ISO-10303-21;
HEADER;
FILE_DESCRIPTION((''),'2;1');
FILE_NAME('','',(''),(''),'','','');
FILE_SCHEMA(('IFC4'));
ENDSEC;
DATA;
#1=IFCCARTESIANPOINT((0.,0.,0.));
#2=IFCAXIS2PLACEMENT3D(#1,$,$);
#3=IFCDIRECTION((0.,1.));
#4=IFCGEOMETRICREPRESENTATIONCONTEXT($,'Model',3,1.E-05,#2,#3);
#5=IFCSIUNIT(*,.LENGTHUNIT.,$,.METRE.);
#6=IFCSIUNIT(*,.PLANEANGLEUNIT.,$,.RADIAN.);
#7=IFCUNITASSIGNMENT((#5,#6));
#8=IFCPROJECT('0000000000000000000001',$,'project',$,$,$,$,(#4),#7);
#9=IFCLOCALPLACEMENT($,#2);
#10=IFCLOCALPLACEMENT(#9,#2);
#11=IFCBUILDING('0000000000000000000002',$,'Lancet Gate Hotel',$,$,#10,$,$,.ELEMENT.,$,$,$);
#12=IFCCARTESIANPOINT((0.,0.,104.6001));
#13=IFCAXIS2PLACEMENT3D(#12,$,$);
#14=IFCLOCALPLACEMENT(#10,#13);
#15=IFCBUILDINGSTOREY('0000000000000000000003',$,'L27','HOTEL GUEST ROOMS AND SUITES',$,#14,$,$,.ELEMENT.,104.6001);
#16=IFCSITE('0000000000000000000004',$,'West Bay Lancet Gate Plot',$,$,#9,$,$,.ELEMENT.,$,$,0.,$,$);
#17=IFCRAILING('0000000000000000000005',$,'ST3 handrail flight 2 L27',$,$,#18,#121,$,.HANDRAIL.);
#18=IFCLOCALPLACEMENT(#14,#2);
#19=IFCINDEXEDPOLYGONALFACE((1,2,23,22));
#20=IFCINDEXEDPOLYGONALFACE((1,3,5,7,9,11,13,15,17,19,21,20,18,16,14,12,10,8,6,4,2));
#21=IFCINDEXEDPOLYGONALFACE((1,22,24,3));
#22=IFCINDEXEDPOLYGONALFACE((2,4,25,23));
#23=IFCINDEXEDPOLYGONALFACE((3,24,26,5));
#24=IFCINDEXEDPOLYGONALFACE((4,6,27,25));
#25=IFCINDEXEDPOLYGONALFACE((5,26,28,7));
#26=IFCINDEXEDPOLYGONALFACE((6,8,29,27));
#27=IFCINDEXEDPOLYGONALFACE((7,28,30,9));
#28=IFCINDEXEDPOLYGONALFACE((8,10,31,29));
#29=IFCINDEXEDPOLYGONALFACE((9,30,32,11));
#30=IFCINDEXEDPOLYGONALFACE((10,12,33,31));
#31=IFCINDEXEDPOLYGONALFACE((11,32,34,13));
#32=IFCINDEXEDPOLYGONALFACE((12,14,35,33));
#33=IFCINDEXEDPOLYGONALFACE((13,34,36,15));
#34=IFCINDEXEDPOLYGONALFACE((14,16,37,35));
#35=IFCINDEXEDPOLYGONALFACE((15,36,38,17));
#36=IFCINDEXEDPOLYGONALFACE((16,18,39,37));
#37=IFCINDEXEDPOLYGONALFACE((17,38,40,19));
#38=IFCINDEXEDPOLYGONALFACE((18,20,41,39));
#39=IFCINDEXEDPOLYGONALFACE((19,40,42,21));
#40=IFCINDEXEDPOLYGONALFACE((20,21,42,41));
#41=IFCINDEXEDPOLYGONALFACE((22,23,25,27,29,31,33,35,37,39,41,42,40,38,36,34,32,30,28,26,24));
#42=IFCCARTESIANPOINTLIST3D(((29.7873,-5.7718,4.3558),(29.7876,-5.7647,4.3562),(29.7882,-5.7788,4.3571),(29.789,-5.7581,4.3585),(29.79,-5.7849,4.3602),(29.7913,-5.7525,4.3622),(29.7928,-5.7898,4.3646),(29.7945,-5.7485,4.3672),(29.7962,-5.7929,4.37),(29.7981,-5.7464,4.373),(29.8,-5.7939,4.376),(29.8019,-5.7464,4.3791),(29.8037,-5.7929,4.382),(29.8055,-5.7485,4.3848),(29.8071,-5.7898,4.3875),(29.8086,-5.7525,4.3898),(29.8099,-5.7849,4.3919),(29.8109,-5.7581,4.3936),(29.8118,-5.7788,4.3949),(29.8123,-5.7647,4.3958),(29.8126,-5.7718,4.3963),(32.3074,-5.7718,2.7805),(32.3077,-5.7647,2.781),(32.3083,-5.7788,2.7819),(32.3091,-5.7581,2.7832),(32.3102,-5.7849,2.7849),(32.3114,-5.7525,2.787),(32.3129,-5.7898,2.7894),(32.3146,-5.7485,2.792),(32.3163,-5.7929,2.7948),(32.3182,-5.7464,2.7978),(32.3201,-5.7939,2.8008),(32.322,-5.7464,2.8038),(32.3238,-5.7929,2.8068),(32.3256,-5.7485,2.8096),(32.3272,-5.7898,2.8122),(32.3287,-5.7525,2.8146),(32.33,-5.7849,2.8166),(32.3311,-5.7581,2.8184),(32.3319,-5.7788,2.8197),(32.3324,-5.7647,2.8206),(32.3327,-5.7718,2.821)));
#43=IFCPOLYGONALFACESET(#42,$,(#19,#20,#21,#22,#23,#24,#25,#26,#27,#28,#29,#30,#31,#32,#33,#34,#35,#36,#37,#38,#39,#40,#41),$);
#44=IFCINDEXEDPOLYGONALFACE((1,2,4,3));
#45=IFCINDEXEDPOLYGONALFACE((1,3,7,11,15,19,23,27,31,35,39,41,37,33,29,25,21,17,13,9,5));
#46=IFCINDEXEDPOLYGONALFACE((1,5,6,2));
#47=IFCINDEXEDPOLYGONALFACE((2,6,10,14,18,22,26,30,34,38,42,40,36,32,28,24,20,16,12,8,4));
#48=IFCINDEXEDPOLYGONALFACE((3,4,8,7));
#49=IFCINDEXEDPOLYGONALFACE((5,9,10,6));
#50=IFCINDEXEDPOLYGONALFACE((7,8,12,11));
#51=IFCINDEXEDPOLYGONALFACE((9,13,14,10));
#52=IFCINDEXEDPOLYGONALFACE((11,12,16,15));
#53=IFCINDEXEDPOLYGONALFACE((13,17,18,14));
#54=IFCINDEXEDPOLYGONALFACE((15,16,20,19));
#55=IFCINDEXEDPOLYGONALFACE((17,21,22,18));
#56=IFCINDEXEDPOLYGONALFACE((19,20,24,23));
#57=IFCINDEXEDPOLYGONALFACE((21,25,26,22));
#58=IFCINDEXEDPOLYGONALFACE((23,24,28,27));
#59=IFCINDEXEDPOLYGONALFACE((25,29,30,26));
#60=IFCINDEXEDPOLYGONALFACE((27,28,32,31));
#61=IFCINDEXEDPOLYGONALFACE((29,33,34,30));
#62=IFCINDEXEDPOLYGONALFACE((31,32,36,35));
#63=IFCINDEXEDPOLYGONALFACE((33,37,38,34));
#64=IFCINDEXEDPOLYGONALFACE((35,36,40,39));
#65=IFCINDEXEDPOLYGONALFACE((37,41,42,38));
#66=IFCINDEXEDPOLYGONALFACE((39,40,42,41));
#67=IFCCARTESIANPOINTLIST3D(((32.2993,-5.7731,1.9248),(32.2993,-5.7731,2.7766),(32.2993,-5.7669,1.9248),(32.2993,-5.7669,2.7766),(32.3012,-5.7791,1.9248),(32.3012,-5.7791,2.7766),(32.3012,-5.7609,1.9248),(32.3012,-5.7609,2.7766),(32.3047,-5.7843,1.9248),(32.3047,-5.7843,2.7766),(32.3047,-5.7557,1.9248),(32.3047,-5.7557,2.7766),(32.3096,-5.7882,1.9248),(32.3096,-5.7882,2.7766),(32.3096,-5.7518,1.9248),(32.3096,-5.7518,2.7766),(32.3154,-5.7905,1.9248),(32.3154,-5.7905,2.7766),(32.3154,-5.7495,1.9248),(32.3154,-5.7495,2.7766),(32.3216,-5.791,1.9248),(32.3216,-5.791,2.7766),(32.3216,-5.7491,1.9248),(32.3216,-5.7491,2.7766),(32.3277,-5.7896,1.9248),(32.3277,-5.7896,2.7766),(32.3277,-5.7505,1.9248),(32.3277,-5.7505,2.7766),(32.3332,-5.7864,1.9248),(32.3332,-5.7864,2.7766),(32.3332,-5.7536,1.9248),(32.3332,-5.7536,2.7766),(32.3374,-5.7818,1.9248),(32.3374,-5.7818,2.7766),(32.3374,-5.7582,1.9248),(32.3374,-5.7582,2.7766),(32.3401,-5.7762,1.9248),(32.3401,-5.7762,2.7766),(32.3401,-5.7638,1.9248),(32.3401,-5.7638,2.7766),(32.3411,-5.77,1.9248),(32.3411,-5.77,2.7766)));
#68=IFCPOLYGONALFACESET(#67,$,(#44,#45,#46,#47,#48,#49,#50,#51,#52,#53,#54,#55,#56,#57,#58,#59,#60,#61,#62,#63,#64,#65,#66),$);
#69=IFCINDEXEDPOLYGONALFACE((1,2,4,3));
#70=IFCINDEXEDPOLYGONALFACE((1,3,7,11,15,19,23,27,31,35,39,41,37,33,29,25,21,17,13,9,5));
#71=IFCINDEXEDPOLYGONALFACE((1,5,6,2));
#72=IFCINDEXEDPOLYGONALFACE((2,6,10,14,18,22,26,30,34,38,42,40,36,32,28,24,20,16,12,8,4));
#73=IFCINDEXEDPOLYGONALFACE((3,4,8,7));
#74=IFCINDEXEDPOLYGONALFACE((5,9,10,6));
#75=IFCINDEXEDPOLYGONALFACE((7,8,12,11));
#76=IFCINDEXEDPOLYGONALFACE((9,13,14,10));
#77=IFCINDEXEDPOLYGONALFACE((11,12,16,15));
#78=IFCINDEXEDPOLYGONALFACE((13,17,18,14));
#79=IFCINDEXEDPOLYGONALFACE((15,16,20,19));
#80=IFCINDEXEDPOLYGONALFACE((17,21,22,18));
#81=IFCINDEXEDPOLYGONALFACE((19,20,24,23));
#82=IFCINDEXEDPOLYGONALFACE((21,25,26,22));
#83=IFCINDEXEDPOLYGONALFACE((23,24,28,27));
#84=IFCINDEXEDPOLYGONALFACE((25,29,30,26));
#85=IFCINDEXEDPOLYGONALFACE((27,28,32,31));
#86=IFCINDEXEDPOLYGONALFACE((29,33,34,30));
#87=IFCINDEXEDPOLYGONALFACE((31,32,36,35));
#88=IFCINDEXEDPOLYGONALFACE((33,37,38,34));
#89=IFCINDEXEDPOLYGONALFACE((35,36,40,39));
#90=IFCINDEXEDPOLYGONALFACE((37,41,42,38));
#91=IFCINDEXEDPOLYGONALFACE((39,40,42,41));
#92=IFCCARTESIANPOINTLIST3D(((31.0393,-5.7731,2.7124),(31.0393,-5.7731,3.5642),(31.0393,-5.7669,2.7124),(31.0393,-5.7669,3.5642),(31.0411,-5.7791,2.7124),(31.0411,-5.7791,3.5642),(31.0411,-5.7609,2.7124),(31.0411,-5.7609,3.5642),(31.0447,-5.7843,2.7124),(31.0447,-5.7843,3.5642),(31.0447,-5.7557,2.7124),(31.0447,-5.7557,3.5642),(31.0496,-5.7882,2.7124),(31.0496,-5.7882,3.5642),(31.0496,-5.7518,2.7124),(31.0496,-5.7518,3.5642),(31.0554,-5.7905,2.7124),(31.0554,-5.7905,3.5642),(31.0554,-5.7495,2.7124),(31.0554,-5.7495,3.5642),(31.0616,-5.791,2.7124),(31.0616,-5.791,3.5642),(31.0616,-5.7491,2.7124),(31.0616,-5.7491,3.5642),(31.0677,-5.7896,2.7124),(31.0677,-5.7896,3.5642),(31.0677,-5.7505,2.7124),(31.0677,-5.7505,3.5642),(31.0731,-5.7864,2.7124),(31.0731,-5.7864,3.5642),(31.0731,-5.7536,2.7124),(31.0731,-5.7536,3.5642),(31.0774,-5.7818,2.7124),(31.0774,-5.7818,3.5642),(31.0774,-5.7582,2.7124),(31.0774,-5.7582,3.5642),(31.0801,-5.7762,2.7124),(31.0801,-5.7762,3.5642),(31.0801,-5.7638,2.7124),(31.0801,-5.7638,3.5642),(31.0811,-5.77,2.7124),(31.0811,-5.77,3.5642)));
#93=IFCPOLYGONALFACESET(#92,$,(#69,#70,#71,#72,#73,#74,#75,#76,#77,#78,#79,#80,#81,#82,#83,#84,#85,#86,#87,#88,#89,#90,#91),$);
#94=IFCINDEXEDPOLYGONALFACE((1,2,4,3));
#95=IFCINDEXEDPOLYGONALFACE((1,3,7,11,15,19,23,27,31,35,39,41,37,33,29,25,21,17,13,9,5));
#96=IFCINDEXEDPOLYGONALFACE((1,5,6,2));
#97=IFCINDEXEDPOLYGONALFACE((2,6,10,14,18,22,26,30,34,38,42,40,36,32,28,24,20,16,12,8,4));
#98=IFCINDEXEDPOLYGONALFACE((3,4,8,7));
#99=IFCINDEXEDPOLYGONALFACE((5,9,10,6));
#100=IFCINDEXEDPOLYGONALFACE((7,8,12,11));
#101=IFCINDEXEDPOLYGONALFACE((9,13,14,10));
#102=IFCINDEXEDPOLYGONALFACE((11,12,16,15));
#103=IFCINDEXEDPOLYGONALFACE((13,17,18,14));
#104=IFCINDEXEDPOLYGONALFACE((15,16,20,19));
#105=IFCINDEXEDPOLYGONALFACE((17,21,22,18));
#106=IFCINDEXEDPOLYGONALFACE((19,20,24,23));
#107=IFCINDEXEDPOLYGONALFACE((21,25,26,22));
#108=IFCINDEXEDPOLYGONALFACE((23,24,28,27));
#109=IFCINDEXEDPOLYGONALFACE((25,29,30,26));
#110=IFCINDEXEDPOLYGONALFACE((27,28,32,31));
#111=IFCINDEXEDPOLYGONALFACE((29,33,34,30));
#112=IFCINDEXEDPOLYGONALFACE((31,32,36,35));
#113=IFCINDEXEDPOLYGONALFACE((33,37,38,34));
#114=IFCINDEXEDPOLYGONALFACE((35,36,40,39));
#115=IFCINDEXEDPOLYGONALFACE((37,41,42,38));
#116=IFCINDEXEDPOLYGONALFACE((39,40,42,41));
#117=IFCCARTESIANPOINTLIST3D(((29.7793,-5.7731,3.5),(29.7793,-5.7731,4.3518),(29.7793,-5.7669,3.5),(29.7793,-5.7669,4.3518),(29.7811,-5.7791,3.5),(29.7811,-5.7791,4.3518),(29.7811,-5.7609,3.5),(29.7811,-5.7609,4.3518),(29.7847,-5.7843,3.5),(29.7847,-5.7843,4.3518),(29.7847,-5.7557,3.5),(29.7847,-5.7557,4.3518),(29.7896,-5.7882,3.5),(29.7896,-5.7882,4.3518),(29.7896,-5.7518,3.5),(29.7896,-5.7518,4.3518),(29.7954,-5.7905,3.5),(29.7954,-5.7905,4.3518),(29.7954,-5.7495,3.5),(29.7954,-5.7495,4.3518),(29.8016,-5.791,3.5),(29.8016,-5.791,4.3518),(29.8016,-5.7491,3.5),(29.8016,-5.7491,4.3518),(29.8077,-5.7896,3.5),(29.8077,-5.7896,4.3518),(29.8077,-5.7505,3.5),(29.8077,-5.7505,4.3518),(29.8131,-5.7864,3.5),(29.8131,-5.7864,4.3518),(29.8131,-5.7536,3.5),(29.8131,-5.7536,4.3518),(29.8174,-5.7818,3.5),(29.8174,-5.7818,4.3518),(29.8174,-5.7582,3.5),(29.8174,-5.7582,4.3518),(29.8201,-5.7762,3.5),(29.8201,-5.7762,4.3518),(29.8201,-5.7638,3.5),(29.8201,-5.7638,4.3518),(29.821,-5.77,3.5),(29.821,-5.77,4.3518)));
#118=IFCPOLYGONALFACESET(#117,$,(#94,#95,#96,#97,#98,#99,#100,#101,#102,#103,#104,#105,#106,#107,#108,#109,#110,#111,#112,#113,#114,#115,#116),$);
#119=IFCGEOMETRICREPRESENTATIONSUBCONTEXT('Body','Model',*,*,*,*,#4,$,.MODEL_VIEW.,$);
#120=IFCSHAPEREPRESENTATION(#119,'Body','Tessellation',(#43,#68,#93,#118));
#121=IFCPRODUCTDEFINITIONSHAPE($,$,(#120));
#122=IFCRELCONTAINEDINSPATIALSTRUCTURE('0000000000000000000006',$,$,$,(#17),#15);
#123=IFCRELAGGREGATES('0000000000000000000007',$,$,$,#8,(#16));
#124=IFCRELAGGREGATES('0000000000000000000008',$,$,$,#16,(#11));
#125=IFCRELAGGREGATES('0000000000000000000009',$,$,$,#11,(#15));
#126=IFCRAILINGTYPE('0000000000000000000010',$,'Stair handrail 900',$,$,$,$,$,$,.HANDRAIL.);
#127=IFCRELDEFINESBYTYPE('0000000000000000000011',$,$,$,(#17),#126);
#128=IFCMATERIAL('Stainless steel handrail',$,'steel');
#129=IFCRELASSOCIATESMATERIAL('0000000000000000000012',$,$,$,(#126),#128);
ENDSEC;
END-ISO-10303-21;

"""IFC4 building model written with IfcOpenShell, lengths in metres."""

from ifc_helpers import new_model, si_unit, direction, frame, origin, origin_2d, place, context, subcontext, project, spatial, circle, extrude, material, type_object, element, save


model = new_model("IFC4")

# Units and contexts
model_context = context("Model", 3, precision=1e-05, world=origin(), true_north=direction((0.0, 1.0)))
body_context = subcontext(model_context, "Body", "Model", "MODEL_VIEW")
ifc_project = project(units=[si_unit("LENGTHUNIT", "METRE"), si_unit("PLANEANGLEUNIT", "RADIAN")], contexts=[model_context])

# Site, building, storey
site_placement = place(None, origin())
site = spatial("IfcSite", under=ifc_project, at=site_placement, Name="West Bay Lancet Gate Plot", CompositionType="ELEMENT", RefElevation=0.0)
building_placement = place(site_placement, origin())
building = spatial("IfcBuilding", under=site, at=building_placement, Name="Lancet Gate Hotel", CompositionType="ELEMENT")
storey_placement = place(building_placement, frame((0.0, 0.0, 104.6001)))
storey = spatial("IfcBuildingStorey", under=building, at=storey_placement, Name="L27", Description="HOTEL GUEST ROOMS AND SUITES", CompositionType="ELEMENT", Elevation=104.6001)

# Railing
ifc_material_1 = material(Name="Stainless steel handrail", Category="steel")
railing_type = type_object("IfcRailingType", Name="Stair handrail 900", PredefinedType="HANDRAIL", material=ifc_material_1)
railing_1_placement = place(storey_placement, frame((32.3201, -5.77, 1.9248)))
element("IfcRailing", 1, at=railing_1_placement, inside=storey, type_object=railing_type, Name="ST3 handrail flight 2 L27", PredefinedType="HANDRAIL", context=body_context, shape_type="SweptSolid", body=[
    extrude(circle(Radius=0.0239, at=origin_2d()), frame((0.0, 0.0, 0.876), z_axis=(-0.847971, 0.0, 0.530043), x_axis=(0.0, -1.0, 0.0)), (0.0, 0.0, 1.0), 2.9719),
    extrude(circle(Radius=0.021, at=origin_2d()), origin(), (0.0, 0.0, 1.0), 0.8518),
    extrude(circle(Radius=0.021, at=origin_2d()), frame((-1.26, 0.0, 0.7876)), (0.0, 0.0, 1.0), 0.8518),
    extrude(circle(Radius=0.021, at=origin_2d()), frame((-2.52, 0.0, 1.5752)), (0.0, 0.0, 1.0), 0.8518),
])

save(model, "model.ifc")
